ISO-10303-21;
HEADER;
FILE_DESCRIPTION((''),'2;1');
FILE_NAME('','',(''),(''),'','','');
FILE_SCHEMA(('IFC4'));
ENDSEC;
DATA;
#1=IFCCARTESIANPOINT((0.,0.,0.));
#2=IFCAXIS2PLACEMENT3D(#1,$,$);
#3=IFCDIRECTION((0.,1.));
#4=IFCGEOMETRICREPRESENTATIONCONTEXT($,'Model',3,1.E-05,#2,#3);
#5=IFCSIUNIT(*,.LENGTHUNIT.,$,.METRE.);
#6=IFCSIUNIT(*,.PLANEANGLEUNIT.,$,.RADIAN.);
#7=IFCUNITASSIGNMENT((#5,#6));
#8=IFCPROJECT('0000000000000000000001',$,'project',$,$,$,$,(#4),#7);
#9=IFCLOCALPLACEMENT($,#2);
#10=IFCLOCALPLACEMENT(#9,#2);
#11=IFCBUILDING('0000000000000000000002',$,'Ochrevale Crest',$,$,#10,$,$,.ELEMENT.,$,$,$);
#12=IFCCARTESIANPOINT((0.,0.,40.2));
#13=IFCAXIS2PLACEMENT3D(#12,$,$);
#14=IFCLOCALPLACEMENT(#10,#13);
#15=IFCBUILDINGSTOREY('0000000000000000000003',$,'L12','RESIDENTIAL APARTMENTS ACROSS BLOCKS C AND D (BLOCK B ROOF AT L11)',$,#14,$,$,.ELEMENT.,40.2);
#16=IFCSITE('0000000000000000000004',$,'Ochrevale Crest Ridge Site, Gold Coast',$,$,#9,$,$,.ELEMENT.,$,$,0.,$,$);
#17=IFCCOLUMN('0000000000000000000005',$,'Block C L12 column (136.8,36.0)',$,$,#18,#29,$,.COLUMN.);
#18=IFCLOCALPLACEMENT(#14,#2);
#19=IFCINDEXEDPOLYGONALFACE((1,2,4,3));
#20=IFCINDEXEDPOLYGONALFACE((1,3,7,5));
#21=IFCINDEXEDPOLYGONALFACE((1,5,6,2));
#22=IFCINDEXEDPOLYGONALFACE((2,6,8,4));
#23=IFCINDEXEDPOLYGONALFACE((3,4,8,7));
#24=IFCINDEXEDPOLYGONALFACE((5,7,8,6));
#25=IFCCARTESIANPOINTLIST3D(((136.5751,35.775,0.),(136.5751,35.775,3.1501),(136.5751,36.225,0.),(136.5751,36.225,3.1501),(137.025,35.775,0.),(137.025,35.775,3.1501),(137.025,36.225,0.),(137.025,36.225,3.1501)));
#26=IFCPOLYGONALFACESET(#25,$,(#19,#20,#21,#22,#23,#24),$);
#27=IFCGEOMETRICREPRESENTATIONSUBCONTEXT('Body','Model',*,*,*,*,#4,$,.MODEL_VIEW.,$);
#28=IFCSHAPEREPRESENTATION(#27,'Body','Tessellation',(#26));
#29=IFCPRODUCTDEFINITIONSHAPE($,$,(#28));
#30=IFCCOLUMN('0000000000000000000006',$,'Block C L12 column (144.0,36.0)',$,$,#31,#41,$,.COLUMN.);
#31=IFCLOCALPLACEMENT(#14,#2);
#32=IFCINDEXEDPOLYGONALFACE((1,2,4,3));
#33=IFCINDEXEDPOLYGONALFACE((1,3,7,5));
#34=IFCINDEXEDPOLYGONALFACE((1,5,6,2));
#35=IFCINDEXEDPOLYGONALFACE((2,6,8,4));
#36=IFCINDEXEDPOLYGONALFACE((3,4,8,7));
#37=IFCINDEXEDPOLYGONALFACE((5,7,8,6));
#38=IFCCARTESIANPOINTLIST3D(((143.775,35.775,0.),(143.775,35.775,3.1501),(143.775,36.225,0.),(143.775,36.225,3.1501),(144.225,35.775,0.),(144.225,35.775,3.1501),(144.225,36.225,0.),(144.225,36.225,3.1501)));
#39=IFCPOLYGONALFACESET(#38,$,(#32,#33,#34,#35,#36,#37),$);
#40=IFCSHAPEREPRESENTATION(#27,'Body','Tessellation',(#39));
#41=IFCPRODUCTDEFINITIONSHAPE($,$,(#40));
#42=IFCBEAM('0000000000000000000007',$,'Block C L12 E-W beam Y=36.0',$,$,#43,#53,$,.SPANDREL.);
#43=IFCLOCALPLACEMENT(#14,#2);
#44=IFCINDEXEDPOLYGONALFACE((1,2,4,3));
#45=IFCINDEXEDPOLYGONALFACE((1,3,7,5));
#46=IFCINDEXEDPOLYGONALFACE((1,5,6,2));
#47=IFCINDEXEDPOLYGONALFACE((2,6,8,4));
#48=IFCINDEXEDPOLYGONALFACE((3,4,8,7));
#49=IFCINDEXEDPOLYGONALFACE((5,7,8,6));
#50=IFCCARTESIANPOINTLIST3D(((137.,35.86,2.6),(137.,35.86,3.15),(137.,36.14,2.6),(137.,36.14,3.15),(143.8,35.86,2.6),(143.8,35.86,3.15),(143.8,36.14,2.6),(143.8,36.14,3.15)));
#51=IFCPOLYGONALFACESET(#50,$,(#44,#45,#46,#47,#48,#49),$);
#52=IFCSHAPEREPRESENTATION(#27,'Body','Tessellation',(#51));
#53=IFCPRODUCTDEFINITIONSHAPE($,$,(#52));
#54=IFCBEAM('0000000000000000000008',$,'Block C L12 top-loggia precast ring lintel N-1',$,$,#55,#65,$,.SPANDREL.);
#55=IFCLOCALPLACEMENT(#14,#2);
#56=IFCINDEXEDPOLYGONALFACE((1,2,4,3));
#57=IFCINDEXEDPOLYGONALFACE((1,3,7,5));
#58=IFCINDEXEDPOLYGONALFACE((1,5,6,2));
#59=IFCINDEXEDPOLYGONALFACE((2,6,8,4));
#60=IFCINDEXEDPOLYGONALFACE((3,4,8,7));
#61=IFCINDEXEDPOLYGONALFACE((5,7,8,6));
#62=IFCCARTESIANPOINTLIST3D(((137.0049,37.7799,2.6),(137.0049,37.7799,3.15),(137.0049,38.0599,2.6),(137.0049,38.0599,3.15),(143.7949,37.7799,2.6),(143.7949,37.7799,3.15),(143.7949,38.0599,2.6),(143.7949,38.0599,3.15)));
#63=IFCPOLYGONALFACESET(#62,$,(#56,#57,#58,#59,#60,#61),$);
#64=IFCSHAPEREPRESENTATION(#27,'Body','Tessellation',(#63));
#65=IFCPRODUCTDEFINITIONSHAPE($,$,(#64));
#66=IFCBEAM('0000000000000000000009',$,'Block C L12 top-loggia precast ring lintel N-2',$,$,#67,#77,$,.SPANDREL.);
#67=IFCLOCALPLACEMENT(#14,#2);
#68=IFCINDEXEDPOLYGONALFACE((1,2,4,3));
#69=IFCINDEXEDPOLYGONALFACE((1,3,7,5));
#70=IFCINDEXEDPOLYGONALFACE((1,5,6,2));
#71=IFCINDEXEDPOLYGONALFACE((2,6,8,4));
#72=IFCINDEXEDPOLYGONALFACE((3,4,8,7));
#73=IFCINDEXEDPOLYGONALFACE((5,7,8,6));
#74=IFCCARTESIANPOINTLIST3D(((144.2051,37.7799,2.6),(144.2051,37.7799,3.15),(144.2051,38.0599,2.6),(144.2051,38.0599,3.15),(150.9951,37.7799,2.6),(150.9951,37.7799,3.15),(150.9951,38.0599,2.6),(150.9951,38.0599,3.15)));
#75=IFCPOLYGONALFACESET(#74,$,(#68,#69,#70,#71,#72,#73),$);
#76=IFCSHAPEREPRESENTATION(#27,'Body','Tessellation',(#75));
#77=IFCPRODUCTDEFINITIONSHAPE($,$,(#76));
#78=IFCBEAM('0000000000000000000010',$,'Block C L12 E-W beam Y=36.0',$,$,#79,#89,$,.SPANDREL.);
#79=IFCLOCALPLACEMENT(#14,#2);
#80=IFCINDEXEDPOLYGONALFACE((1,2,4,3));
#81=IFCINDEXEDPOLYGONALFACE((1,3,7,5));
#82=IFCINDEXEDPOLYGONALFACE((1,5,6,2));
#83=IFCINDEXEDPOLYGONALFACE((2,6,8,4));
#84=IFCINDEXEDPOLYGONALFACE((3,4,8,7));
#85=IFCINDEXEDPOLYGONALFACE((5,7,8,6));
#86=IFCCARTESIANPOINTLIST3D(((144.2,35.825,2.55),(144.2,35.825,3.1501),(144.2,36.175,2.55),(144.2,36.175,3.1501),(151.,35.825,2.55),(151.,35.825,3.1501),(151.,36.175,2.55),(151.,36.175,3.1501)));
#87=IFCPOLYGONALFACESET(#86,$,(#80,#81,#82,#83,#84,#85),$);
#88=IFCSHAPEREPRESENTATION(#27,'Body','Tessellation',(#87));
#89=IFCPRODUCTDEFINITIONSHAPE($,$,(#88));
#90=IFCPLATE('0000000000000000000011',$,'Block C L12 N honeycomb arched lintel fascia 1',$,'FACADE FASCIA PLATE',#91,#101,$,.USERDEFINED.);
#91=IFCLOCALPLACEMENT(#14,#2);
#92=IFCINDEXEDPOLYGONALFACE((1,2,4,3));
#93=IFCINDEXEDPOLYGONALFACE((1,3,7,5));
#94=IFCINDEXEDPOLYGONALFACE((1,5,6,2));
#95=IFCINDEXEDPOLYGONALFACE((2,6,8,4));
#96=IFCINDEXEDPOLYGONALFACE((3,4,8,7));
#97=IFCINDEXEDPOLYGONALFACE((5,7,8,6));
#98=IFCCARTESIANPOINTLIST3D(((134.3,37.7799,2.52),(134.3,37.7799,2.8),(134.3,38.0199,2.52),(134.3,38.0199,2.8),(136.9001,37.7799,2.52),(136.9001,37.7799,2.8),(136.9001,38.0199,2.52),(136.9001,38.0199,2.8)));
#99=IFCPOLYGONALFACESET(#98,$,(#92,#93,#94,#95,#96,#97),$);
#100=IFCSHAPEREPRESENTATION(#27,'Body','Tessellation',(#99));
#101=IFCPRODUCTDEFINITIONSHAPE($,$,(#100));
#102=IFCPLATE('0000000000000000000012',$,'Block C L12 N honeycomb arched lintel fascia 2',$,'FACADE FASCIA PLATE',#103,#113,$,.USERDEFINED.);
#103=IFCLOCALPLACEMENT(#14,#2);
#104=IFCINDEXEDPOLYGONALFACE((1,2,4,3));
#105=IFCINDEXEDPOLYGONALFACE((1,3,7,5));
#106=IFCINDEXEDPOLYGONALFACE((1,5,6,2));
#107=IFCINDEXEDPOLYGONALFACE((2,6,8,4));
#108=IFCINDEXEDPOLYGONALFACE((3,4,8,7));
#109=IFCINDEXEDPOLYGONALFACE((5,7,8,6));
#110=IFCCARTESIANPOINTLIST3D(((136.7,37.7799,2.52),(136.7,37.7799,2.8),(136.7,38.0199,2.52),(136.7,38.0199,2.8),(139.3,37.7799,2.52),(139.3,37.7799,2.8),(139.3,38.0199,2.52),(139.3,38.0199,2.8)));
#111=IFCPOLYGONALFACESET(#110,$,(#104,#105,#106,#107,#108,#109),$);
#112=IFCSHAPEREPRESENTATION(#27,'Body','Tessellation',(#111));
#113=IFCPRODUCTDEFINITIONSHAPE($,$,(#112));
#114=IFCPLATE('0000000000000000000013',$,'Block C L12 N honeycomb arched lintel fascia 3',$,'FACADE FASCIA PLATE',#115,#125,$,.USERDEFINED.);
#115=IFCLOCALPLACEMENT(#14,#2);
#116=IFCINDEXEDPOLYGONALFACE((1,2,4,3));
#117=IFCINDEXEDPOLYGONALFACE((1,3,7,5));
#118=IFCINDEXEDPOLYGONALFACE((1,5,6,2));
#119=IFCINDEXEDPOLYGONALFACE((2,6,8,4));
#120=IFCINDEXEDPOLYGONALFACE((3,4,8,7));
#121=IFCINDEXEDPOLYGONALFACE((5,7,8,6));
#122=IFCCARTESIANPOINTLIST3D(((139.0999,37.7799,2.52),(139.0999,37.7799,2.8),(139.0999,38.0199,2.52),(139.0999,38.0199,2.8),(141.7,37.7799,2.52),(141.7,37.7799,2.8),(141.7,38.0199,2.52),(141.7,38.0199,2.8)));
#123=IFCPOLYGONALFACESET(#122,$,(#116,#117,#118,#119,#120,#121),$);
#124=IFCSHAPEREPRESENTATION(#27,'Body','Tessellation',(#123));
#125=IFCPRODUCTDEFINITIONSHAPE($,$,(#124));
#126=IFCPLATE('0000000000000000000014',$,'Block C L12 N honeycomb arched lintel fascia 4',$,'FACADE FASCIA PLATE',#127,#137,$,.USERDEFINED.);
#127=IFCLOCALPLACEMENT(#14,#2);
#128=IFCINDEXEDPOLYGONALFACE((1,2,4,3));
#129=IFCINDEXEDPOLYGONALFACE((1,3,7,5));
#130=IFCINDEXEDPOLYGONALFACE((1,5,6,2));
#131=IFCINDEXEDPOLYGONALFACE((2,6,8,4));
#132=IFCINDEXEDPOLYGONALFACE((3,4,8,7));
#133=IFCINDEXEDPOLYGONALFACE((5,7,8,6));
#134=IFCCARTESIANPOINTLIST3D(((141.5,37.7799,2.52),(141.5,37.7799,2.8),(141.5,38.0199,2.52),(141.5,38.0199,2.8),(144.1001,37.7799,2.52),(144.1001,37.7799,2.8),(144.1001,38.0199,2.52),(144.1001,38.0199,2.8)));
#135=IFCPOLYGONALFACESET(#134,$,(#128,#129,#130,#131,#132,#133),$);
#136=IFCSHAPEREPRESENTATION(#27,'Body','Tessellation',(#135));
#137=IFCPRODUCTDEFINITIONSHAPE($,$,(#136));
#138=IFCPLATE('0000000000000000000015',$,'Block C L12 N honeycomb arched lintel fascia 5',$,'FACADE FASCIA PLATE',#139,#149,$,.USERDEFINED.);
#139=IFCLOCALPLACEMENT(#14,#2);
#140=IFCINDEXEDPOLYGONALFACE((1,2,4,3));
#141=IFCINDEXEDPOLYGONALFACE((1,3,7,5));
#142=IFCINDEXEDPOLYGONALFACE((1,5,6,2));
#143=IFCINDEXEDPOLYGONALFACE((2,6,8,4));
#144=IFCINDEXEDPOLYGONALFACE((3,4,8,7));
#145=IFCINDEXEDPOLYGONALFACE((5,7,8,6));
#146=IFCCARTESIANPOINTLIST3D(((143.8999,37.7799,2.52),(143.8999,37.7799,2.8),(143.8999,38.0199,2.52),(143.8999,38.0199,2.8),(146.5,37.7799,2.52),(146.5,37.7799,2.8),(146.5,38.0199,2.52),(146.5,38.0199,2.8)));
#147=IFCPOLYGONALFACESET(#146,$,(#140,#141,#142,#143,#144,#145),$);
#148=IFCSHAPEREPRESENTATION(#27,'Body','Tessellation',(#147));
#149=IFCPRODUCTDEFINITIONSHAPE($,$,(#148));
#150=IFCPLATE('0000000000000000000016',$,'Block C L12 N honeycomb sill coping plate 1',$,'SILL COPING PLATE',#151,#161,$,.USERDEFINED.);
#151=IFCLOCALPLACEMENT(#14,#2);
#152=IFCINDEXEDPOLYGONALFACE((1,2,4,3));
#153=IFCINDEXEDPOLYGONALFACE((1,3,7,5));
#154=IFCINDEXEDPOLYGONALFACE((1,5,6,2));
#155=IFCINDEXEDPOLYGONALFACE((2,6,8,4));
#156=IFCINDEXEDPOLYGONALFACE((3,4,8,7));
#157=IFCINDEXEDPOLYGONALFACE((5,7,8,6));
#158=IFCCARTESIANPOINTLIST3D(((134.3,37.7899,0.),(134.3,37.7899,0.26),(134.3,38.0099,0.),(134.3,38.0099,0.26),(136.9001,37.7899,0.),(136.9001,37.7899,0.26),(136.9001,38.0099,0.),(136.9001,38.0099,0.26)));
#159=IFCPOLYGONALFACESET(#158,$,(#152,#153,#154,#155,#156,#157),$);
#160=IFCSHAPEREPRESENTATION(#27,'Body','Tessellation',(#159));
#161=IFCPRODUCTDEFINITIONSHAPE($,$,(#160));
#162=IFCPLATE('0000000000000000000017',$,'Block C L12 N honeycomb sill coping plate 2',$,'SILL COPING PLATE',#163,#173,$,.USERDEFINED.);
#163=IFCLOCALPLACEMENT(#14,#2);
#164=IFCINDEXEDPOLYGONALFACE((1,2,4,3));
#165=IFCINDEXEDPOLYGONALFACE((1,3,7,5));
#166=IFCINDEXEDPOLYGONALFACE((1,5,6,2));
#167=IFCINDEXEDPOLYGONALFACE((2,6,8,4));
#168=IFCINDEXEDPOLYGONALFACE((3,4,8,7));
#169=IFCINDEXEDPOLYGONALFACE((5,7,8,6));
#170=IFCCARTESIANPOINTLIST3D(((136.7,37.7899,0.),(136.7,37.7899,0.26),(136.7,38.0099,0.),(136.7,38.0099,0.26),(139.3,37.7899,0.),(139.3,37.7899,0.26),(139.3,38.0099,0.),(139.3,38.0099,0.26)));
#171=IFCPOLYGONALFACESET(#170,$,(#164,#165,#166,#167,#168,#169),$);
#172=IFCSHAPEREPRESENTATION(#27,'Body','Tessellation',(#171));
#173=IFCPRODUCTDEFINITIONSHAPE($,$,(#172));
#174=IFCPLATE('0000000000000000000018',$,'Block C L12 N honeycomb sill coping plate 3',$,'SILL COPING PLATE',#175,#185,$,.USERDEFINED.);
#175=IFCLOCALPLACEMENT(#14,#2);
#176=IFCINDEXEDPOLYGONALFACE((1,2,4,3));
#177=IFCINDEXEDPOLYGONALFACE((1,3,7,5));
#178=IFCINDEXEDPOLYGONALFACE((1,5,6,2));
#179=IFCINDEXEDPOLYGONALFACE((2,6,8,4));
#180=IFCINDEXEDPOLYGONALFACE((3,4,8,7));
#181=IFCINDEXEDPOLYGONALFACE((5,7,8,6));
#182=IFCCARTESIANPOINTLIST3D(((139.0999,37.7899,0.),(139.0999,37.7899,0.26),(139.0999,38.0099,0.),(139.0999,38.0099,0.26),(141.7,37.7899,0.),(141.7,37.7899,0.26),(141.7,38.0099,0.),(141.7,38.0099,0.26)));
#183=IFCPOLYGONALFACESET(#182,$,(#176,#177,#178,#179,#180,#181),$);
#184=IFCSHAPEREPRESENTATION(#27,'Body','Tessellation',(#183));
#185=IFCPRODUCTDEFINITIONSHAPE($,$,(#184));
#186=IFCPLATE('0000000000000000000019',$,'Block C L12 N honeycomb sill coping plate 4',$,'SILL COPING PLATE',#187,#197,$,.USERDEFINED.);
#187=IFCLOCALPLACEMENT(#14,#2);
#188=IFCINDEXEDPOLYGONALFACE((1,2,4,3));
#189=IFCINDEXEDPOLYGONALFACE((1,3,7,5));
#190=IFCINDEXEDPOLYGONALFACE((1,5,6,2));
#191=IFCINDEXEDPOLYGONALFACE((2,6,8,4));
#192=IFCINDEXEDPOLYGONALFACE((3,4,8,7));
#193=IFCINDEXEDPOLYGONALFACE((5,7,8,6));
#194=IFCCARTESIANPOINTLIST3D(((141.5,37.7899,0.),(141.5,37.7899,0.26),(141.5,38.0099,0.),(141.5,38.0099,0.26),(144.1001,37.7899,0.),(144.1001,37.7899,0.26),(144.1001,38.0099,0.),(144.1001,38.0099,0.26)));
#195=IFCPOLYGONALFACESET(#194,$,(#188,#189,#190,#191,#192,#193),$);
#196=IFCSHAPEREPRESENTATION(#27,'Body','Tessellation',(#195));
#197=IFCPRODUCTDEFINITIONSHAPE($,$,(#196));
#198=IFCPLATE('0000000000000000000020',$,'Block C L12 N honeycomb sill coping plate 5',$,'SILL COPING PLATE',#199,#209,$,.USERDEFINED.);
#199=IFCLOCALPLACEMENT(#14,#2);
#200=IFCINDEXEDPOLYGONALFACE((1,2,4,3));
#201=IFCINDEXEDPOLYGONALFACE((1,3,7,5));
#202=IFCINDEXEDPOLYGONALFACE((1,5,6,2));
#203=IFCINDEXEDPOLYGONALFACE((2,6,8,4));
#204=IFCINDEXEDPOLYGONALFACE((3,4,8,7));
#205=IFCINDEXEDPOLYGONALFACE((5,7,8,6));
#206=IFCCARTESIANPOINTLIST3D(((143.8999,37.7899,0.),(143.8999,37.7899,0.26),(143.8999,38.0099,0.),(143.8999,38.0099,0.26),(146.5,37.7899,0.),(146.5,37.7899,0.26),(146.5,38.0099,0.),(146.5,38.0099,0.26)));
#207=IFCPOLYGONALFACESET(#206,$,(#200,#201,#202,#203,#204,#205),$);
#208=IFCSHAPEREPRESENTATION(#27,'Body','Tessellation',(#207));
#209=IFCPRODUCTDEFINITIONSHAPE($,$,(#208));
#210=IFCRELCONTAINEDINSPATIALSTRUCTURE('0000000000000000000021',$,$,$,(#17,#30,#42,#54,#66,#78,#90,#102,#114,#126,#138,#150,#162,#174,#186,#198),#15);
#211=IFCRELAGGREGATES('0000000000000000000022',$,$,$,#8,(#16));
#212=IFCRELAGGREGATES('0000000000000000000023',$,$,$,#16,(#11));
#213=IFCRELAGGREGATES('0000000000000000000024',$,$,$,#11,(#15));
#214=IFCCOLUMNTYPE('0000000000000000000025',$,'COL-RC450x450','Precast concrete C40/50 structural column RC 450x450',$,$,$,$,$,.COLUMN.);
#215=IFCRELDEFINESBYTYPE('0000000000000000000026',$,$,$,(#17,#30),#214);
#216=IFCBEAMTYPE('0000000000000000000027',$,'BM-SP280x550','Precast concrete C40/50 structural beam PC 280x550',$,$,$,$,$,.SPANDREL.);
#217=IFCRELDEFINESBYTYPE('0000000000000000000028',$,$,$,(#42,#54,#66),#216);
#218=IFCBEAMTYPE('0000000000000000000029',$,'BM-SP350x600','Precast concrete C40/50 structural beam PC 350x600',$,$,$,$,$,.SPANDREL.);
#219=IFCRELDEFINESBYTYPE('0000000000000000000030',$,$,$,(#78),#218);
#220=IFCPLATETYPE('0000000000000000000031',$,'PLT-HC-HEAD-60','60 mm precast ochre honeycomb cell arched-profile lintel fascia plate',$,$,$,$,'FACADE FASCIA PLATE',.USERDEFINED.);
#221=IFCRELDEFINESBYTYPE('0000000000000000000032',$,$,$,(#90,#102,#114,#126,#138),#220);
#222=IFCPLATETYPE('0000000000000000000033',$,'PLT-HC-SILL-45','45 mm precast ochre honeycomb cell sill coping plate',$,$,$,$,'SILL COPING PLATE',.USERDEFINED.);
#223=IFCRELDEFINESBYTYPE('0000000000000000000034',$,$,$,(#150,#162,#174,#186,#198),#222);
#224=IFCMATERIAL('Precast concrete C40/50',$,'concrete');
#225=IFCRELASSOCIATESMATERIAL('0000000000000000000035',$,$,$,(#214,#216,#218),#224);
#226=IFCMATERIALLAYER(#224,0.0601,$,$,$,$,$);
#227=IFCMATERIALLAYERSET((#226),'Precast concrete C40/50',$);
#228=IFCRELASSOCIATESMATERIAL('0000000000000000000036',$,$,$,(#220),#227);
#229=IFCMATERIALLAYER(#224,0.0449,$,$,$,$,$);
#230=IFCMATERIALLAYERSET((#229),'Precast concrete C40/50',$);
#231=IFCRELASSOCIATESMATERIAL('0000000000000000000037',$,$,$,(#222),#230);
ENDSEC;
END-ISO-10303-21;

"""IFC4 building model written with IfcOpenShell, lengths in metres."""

from ifc_helpers import new_model, si_unit, direction, frame, origin, origin_2d, place, context, subcontext, project, spatial, rectangle, extrude, material, layer, layer_set, material_profile, profile_set, type_object, element, save


model = new_model("IFC4")

# Units and contexts
model_context = context("Model", 3, precision=1e-05, world=origin(), true_north=direction((0.0, 1.0)))
body_context = subcontext(model_context, "Body", "Model", "MODEL_VIEW")
ifc_project = project(units=[si_unit("LENGTHUNIT", "METRE"), si_unit("PLANEANGLEUNIT", "RADIAN")], contexts=[model_context])

# Site, building, storey
site_placement = place(None, origin())
site = spatial("IfcSite", under=ifc_project, at=site_placement, Name="Ochrevale Crest Ridge Site, Gold Coast", CompositionType="ELEMENT", RefElevation=0.0)
building_placement = place(site_placement, origin())
building = spatial("IfcBuilding", under=site, at=building_placement, Name="Ochrevale Crest", CompositionType="ELEMENT")
storey_placement = place(building_placement, frame((0.0, 0.0, 40.2)))
storey = spatial("IfcBuildingStorey", under=building, at=storey_placement, Name="L12", Description="RESIDENTIAL APARTMENTS ACROSS BLOCKS C AND D (BLOCK B ROOF AT L11)", CompositionType="ELEMENT", Elevation=40.2)

# Columns
ifc_material_1 = material(Name="Precast concrete C40/50", Category="concrete")
ifc_material_profile_1 = material_profile(ifc_material_1, rectangle(XDim=0.45, YDim=0.45, at=origin_2d()), Name="RC 450x450")
ifc_profile_set_1 = profile_set([ifc_material_profile_1], Name="Precast concrete C40/50")
column_type = type_object("IfcColumnType", Name="COL-RC450x450", Description="Precast concrete C40/50 structural column RC 450x450", PredefinedType="COLUMN", material=ifc_profile_set_1)
for number, where, z_axis, x_axis, name in (
    (1, (136.8, 36.0, 0.0), (0.0, 0.0, 1.0), (1.0, 0.0, 0.0), "Block C L12 column (136.8,36.0)"),
    (2, (144.0, 36.0, 0.0), (0.0, 0.0, 1.0), (1.0, 0.0, 0.0), "Block C L12 column (144.0,36.0)"),
):
    element("IfcColumn", number, at=place(storey_placement, frame(where, z_axis=z_axis, x_axis=x_axis)), inside=storey, type_object=column_type, Name=name, PredefinedType="COLUMN", context=body_context, shape_type="SweptSolid", body=[
        extrude(rectangle(XDim=0.45, YDim=0.45, at=origin_2d()), origin(), (0.0, 0.0, 1.0), 3.1501),
    ])

# Beams
ifc_material_profile_2 = material_profile(ifc_material_1, rectangle(XDim=0.28, YDim=0.55, at=origin_2d()), Name="PC 280x550")
ifc_profile_set_2 = profile_set([ifc_material_profile_2], Name="Precast concrete C40/50")
beam_type_1 = type_object("IfcBeamType", Name="BM-SP280x550", Description="Precast concrete C40/50 structural beam PC 280x550", PredefinedType="SPANDREL", material=ifc_profile_set_2)
beam_1_placement = place(storey_placement, frame((137.0, 36.0, 2.875), z_axis=(1.0, 0.0, 0.0), x_axis=(0.0, 1.0, 0.0)))
element("IfcBeam", 3, at=beam_1_placement, inside=storey, type_object=beam_type_1, Name="Block C L12 E-W beam Y=36.0", PredefinedType="SPANDREL", context=body_context, shape_type="SweptSolid", body=[
    extrude(rectangle(XDim=0.28, YDim=0.55, at=origin_2d()), origin(), (0.0, 0.0, 1.0), 6.8),
])
for number, where, z_axis, x_axis, name in (
    (4, (137.0049, 37.9199, 2.875), (1.0, 0.0, 0.0), (0.0, 1.0, 0.0), "Block C L12 top-loggia precast ring lintel N-1"),
    (5, (144.2051, 37.9199, 2.875), (1.0, 0.0, 0.0), (0.0, 1.0, 0.0), "Block C L12 top-loggia precast ring lintel N-2"),
):
    element("IfcBeam", number, at=place(storey_placement, frame(where, z_axis=z_axis, x_axis=x_axis)), inside=storey, type_object=beam_type_1, Name=name, PredefinedType="SPANDREL", context=body_context, shape_type="SweptSolid", body=[
        extrude(rectangle(XDim=0.28, YDim=0.55, at=origin_2d()), origin(), (0.0, 0.0, 1.0), 6.79),
    ])
ifc_material_profile_3 = material_profile(ifc_material_1, rectangle(XDim=0.3501, YDim=0.6001, at=origin_2d()), Name="PC 350x600")
ifc_profile_set_3 = profile_set([ifc_material_profile_3], Name="Precast concrete C40/50")
beam_type_2 = type_object("IfcBeamType", Name="BM-SP350x600", Description="Precast concrete C40/50 structural beam PC 350x600", PredefinedType="SPANDREL", material=ifc_profile_set_3)
beam_2_placement = place(storey_placement, frame((144.2, 36.0, 2.8501), z_axis=(1.0, 0.0, 0.0), x_axis=(0.0, 1.0, 0.0)))
element("IfcBeam", 6, at=beam_2_placement, inside=storey, type_object=beam_type_2, Name="Block C L12 E-W beam Y=36.0", PredefinedType="SPANDREL", context=body_context, shape_type="SweptSolid", body=[
    extrude(rectangle(XDim=0.3501, YDim=0.6001, at=origin_2d()), origin(), (0.0, 0.0, 1.0), 6.8),
])

# Plates
ifc_layer_1 = layer(ifc_material_1, 0.0601)
ifc_layer_set_1 = layer_set([ifc_layer_1], Name="Precast concrete C40/50")
plate_type_1 = type_object("IfcPlateType", Name="PLT-HC-HEAD-60", Description="60 mm precast ochre honeycomb cell arched-profile lintel fascia plate", ElementType="FACADE FASCIA PLATE", PredefinedType="USERDEFINED", material=ifc_layer_set_1)
for number, where, z_axis, x_axis, name in (
    (7, (135.6001, 37.8999, 2.52), (0.0, 0.0, 1.0), (1.0, 0.0, 0.0), "Block C L12 N honeycomb arched lintel fascia 1"),
    (8, (138.0, 37.8999, 2.52), (0.0, 0.0, 1.0), (1.0, 0.0, 0.0), "Block C L12 N honeycomb arched lintel fascia 2"),
    (9, (140.3999, 37.8999, 2.52), (0.0, 0.0, 1.0), (1.0, 0.0, 0.0), "Block C L12 N honeycomb arched lintel fascia 3"),
    (10, (142.8, 37.8999, 2.52), (0.0, 0.0, 1.0), (1.0, 0.0, 0.0), "Block C L12 N honeycomb arched lintel fascia 4"),
    (11, (145.2, 37.8999, 2.52), (0.0, 0.0, 1.0), (1.0, 0.0, 0.0), "Block C L12 N honeycomb arched lintel fascia 5"),
):
    element("IfcPlate", number, at=place(storey_placement, frame(where, z_axis=z_axis, x_axis=x_axis)), inside=storey, type_object=plate_type_1, Name=name, ObjectType="FACADE FASCIA PLATE", PredefinedType="USERDEFINED", context=body_context, shape_type="SweptSolid", body=[
        extrude(rectangle(XDim=2.6001, YDim=0.24, at=origin_2d()), origin(), (0.0, 0.0, 1.0), 0.28),
    ])
ifc_layer_2 = layer(ifc_material_1, 0.0449)
ifc_layer_set_2 = layer_set([ifc_layer_2], Name="Precast concrete C40/50")
plate_type_2 = type_object("IfcPlateType", Name="PLT-HC-SILL-45", Description="45 mm precast ochre honeycomb cell sill coping plate", ElementType="SILL COPING PLATE", PredefinedType="USERDEFINED", material=ifc_layer_set_2)
for number, where, z_axis, x_axis, name in (
    (12, (135.6001, 37.8999, 0.0), (0.0, 0.0, 1.0), (1.0, 0.0, 0.0), "Block C L12 N honeycomb sill coping plate 1"),
    (13, (138.0, 37.8999, 0.0), (0.0, 0.0, 1.0), (1.0, 0.0, 0.0), "Block C L12 N honeycomb sill coping plate 2"),
    (14, (140.3999, 37.8999, 0.0), (0.0, 0.0, 1.0), (1.0, 0.0, 0.0), "Block C L12 N honeycomb sill coping plate 3"),
    (15, (142.8, 37.8999, 0.0), (0.0, 0.0, 1.0), (1.0, 0.0, 0.0), "Block C L12 N honeycomb sill coping plate 4"),
    (16, (145.2, 37.8999, 0.0), (0.0, 0.0, 1.0), (1.0, 0.0, 0.0), "Block C L12 N honeycomb sill coping plate 5"),
):
    element("IfcPlate", number, at=place(storey_placement, frame(where, z_axis=z_axis, x_axis=x_axis)), inside=storey, type_object=plate_type_2, Name=name, ObjectType="SILL COPING PLATE", PredefinedType="USERDEFINED", context=body_context, shape_type="SweptSolid", body=[
        extrude(rectangle(XDim=2.6001, YDim=0.22, at=origin_2d()), origin(), (0.0, 0.0, 1.0), 0.26),
    ])

save(model, "model.ifc")
